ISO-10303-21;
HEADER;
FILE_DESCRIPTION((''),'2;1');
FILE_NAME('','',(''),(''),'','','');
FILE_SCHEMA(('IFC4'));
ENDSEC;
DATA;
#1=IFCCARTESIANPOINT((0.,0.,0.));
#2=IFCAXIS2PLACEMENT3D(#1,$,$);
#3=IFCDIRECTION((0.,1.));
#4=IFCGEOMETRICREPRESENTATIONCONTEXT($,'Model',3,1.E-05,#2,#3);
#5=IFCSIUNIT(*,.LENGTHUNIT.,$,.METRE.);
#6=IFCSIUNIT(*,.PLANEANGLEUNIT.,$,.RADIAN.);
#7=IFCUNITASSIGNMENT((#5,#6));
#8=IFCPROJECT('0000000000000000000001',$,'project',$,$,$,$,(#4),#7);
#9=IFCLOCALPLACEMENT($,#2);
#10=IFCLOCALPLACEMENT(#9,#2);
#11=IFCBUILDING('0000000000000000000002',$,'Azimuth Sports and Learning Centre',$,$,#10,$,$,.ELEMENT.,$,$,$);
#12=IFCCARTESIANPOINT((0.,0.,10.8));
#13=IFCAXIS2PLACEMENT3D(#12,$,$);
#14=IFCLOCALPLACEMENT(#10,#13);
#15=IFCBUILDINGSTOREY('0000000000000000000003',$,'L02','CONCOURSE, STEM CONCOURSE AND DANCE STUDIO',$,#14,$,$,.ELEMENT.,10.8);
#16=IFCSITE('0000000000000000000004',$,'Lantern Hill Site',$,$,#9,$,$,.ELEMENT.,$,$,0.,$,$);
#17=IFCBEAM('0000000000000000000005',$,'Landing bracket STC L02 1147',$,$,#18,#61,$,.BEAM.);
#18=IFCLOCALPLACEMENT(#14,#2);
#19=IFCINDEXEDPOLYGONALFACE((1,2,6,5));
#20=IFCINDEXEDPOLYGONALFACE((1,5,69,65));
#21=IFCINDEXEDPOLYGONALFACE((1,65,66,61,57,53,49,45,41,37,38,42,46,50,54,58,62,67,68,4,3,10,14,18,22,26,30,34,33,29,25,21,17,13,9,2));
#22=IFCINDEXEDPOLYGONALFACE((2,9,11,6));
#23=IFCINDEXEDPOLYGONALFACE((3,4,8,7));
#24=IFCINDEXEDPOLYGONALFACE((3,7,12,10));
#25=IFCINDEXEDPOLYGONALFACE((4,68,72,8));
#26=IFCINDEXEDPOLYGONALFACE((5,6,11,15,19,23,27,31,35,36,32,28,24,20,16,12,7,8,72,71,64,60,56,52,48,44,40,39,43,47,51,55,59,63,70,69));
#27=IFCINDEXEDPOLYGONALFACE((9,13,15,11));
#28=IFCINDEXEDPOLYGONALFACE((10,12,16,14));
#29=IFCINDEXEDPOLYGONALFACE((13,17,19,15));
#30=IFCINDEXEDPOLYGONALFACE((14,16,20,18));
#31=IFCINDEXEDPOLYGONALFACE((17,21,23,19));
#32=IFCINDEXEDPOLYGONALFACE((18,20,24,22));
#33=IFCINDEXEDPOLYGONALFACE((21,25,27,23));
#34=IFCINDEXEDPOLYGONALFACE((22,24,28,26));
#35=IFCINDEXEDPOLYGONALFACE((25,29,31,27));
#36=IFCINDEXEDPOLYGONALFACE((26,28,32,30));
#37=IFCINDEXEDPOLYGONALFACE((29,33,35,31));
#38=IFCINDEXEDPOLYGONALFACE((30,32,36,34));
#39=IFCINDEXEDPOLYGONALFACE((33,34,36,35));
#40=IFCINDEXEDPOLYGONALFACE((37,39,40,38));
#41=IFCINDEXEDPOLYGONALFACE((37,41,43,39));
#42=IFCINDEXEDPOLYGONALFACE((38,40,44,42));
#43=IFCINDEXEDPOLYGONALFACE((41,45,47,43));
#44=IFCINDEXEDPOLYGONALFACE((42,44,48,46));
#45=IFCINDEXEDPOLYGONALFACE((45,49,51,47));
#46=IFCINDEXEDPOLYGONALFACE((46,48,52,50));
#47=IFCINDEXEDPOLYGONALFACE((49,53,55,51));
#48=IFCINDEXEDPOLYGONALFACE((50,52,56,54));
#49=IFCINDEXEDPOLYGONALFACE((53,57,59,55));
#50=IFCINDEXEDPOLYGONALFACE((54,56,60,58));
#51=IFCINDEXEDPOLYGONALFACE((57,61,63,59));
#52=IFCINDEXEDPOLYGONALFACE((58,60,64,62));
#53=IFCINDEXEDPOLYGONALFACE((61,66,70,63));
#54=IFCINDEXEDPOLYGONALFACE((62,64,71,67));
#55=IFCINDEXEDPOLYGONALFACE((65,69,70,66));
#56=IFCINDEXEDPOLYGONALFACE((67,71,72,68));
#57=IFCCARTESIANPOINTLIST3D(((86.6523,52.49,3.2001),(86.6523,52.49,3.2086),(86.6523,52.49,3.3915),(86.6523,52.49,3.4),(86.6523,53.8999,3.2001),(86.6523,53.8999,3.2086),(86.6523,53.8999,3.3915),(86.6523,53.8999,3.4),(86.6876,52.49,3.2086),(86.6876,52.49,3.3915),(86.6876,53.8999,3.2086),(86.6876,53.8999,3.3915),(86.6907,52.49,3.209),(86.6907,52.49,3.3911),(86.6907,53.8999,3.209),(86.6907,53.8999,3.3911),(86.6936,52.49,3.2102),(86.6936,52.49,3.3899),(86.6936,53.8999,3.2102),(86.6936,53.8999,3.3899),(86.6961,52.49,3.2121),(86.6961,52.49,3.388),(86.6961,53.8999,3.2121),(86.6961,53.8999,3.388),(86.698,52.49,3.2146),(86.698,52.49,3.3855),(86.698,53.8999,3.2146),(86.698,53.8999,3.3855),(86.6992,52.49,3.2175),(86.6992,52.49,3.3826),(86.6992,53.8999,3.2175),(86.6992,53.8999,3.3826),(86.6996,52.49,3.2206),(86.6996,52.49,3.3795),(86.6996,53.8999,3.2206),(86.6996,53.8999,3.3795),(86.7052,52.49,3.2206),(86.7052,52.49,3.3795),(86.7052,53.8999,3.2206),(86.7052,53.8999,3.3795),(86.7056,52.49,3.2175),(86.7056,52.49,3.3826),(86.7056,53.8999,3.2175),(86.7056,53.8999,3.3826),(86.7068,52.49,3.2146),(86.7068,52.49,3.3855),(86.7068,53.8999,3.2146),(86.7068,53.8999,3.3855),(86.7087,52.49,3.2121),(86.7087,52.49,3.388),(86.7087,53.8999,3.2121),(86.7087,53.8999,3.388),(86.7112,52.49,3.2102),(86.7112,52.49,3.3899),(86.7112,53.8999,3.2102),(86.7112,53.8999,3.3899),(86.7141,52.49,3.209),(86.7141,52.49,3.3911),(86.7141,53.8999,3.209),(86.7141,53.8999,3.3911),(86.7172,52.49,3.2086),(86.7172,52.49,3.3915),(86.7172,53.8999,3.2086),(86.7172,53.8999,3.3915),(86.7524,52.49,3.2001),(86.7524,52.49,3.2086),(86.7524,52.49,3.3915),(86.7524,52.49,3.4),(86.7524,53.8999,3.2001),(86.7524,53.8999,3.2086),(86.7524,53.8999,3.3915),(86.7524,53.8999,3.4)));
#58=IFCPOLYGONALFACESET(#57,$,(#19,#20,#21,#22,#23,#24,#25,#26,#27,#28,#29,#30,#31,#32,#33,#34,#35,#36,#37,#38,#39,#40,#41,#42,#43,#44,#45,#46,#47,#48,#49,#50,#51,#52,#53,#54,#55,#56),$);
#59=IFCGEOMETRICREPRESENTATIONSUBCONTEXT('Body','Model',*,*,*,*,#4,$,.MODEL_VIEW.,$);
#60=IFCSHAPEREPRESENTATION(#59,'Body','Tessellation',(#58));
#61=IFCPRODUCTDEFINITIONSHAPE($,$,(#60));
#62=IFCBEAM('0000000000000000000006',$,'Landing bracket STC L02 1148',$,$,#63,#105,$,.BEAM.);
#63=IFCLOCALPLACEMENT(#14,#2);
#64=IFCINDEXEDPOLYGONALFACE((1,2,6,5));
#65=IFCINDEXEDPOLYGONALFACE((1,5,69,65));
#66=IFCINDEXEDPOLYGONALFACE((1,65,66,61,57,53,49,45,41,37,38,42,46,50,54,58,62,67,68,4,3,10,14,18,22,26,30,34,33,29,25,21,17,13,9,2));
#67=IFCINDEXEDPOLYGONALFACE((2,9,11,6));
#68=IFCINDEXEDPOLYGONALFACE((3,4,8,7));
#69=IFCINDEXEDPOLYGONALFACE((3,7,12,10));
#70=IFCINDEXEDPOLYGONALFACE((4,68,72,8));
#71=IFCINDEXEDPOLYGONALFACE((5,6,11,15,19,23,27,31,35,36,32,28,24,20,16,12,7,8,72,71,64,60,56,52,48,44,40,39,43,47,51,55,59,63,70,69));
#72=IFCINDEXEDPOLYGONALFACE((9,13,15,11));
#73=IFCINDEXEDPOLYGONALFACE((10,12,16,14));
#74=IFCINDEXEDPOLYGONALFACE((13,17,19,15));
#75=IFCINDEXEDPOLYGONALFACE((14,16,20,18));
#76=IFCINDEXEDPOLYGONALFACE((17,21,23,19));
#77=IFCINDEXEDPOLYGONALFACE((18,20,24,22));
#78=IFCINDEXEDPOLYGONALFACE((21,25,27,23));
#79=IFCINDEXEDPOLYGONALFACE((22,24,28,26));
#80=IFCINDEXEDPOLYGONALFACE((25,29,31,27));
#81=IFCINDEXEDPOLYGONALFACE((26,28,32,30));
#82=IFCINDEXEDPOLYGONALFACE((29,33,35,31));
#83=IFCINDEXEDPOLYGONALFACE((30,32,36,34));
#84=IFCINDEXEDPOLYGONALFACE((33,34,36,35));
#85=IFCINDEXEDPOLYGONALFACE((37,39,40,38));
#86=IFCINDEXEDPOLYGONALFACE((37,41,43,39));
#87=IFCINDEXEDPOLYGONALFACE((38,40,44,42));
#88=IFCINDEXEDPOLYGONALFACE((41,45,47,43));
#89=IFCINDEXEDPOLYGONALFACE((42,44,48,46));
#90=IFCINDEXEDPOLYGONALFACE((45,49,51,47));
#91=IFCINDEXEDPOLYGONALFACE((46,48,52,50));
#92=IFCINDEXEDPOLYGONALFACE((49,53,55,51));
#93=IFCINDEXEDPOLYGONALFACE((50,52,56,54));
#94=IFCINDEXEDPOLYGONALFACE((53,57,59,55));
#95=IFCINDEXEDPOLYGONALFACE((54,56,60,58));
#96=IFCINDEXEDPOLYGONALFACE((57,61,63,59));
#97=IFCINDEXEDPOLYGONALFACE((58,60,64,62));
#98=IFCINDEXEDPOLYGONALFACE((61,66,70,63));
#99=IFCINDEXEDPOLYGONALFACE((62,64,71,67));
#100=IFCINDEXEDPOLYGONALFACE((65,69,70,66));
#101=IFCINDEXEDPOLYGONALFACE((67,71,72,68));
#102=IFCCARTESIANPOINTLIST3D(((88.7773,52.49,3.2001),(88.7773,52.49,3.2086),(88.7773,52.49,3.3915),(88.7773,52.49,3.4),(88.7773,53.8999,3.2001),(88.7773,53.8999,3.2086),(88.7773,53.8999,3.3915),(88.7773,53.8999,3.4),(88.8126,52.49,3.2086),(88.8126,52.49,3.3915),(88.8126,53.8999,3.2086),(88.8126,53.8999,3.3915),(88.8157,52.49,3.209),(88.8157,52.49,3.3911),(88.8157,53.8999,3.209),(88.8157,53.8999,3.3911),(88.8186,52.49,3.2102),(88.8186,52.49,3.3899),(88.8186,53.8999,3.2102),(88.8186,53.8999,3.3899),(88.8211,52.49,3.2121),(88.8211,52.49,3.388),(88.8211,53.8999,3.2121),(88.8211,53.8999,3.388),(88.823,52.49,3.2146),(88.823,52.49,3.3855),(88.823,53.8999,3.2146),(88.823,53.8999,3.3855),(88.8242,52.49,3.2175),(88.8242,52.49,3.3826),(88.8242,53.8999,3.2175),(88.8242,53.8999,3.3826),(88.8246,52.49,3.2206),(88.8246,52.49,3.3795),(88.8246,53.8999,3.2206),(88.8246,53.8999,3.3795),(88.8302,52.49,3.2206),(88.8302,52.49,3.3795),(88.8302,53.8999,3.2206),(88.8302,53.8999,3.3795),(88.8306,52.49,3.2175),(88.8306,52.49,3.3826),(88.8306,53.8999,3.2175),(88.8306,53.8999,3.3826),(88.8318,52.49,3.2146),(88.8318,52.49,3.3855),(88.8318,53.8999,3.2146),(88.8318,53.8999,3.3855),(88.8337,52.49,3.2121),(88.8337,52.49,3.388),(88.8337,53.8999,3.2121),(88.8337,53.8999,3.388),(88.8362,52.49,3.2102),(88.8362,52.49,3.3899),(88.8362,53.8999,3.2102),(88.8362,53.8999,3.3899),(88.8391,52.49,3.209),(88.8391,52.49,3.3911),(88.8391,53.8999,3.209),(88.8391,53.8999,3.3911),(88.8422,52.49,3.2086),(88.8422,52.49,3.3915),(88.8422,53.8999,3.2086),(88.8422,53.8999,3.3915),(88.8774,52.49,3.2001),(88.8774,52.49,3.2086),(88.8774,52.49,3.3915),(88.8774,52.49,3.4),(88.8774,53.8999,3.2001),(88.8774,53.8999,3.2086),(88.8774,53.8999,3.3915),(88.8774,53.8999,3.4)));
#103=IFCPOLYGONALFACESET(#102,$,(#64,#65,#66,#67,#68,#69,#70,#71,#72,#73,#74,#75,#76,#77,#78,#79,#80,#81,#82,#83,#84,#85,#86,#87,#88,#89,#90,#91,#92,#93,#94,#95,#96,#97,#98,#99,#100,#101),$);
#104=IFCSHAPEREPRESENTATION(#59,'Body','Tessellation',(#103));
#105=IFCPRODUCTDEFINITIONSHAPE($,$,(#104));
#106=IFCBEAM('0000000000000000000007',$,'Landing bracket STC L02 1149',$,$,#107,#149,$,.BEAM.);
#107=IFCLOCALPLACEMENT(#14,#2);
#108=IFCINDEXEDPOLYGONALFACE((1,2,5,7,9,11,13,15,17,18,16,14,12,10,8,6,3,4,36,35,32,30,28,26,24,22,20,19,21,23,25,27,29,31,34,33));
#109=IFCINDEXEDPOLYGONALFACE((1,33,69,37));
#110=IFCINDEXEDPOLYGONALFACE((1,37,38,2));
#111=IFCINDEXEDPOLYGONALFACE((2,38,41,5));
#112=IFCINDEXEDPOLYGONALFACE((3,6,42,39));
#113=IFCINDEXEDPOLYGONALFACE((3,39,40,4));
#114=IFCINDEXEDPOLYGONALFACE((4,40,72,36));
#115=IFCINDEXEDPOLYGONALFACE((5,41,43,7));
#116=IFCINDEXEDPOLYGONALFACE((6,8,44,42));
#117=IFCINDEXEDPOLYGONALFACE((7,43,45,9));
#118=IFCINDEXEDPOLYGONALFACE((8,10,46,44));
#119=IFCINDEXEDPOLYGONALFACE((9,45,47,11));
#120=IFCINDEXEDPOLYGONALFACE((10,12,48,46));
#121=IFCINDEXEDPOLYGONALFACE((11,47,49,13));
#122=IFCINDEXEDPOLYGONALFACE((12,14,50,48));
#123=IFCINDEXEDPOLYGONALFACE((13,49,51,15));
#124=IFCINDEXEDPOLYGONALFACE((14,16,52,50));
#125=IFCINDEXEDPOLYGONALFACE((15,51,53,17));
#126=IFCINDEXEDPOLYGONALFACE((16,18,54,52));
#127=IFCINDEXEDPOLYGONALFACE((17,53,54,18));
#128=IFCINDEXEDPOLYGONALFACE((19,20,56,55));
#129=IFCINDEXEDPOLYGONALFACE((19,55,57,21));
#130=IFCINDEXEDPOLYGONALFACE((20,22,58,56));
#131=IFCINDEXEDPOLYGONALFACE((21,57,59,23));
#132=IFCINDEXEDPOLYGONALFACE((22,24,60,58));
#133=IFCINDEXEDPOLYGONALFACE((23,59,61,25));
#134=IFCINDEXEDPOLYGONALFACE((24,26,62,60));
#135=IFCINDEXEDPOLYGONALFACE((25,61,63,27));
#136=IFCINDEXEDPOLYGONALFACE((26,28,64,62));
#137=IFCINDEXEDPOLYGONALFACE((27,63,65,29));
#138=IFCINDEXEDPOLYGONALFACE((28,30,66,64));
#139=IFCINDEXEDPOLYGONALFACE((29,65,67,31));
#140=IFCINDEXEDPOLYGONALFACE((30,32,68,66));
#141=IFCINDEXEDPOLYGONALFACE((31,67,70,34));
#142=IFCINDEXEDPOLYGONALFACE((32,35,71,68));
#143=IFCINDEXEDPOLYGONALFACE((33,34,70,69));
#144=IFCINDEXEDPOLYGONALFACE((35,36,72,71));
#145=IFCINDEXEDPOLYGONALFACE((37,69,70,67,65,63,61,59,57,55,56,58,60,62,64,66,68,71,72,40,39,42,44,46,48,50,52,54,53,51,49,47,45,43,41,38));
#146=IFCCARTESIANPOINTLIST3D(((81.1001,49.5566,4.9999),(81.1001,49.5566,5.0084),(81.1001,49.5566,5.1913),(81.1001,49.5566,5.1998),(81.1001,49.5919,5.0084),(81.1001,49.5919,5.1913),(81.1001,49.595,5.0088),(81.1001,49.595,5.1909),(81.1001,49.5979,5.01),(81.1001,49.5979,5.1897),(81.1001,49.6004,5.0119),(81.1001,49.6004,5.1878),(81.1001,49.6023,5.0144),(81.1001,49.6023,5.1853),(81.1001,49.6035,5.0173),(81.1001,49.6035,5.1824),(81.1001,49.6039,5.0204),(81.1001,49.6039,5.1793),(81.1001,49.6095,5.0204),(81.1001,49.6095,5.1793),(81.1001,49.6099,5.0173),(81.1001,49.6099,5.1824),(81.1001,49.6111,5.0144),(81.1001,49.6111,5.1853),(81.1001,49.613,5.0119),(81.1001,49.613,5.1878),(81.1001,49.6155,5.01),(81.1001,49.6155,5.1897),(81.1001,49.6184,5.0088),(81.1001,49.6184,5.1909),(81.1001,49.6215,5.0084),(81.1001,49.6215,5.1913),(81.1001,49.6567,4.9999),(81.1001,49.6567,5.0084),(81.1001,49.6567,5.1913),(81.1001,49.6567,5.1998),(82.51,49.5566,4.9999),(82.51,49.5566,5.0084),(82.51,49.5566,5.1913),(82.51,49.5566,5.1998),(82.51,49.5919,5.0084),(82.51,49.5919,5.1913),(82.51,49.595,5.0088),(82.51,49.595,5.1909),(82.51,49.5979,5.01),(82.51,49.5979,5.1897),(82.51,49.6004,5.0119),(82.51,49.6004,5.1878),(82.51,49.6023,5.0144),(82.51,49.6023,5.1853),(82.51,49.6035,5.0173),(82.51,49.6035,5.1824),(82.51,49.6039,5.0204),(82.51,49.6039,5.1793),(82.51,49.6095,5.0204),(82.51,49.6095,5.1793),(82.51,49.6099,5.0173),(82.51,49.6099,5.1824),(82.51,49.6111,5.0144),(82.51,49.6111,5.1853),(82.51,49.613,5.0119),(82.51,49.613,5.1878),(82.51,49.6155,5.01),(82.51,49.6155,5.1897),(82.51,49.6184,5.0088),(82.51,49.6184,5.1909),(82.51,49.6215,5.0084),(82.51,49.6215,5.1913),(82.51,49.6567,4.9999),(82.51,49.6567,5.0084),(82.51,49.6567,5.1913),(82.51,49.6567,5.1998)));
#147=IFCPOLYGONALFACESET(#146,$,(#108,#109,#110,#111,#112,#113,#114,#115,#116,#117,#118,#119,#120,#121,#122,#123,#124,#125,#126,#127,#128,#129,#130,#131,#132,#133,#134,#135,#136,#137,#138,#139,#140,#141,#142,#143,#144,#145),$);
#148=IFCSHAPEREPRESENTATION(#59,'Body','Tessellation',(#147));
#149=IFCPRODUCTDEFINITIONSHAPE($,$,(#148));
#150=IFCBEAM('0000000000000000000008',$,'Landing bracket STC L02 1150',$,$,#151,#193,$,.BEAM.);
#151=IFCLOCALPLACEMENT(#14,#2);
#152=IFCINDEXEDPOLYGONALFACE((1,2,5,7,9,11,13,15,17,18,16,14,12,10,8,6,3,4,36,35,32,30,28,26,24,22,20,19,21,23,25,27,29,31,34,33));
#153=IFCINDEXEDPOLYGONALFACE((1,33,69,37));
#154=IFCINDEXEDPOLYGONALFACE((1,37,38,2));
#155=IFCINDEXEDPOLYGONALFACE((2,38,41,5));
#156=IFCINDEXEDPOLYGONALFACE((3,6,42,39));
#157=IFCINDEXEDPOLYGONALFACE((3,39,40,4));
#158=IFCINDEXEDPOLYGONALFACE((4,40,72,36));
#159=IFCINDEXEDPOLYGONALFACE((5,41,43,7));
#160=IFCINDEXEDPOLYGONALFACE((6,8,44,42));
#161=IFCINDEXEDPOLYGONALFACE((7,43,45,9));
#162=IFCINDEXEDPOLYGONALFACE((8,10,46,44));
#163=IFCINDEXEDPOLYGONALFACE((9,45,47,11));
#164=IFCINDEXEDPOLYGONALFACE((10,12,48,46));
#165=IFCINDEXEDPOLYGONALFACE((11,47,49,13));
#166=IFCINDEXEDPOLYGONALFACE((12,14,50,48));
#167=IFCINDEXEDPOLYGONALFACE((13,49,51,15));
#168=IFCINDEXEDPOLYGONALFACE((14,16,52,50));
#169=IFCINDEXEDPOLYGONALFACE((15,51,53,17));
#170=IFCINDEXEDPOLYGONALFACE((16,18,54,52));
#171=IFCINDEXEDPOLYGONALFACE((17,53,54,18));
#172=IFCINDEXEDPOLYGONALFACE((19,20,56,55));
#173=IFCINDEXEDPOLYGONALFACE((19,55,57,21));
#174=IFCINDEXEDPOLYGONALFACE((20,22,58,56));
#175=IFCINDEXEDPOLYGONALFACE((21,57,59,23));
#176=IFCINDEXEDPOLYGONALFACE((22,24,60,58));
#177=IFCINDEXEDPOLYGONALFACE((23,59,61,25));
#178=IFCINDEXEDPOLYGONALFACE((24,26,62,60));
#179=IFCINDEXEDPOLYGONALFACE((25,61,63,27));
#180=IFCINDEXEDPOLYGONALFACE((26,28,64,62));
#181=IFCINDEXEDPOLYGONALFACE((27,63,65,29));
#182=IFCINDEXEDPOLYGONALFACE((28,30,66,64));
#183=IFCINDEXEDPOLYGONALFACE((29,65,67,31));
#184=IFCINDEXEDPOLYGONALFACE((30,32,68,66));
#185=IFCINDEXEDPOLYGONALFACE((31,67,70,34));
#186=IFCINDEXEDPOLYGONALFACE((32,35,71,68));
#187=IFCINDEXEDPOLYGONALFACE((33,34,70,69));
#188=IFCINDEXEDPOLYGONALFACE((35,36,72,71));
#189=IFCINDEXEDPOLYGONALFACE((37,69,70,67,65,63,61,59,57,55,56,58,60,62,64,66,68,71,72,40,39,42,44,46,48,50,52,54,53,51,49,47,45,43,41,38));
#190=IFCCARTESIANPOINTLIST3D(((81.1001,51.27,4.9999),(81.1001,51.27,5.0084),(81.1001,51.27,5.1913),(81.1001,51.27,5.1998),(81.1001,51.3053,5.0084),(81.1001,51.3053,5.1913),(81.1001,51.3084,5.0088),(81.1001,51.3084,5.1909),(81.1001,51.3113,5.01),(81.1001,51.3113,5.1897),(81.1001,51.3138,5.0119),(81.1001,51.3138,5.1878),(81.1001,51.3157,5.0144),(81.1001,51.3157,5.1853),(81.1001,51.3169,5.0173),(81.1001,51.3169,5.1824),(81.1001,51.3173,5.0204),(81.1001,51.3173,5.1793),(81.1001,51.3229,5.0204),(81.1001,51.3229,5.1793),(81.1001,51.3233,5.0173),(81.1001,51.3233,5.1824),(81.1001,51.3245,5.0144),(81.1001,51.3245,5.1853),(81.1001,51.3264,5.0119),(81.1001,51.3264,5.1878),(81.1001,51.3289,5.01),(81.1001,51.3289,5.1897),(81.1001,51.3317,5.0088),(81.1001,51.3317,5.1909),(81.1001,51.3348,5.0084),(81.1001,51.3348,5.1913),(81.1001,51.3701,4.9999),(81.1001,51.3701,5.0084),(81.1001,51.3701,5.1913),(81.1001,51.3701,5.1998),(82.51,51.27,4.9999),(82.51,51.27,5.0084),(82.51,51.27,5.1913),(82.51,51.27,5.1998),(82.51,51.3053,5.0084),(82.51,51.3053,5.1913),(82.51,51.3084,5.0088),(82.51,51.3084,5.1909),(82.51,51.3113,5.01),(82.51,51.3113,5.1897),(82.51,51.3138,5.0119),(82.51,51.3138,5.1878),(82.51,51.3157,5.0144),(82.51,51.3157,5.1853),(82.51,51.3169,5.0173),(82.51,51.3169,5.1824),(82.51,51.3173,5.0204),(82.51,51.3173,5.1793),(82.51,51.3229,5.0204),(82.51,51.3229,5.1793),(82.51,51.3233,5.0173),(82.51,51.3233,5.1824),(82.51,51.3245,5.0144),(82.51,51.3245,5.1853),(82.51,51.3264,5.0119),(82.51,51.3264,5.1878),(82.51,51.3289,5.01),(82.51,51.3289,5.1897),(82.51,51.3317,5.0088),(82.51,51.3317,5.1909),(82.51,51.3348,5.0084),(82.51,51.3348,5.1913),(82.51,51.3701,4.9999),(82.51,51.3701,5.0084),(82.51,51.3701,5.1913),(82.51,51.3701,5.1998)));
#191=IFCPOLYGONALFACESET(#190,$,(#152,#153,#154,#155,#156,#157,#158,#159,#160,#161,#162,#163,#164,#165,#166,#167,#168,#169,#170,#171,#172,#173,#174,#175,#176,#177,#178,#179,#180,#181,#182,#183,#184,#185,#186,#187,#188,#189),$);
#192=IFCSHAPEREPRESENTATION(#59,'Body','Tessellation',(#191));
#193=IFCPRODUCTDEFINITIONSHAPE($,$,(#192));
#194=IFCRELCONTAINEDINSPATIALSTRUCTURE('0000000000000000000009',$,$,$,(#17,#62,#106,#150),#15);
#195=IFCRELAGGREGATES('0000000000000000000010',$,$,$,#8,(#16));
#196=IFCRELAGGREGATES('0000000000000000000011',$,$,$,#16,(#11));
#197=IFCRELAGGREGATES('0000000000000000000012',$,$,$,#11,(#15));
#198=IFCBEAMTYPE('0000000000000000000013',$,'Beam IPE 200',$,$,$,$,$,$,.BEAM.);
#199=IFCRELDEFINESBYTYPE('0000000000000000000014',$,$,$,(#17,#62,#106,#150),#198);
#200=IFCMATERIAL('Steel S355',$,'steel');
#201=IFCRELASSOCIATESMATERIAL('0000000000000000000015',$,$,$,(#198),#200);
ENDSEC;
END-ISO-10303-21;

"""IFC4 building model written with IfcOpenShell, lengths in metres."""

from ifc_helpers import new_model, si_unit, direction, frame, origin, origin_2d, place, context, subcontext, project, spatial, i_section, extrude, material, material_profile, profile_set, type_object, element, save


model = new_model("IFC4")

# Units and contexts
model_context = context("Model", 3, precision=1e-05, world=origin(), true_north=direction((0.0, 1.0)))
body_context = subcontext(model_context, "Body", "Model", "MODEL_VIEW")
ifc_project = project(units=[si_unit("LENGTHUNIT", "METRE"), si_unit("PLANEANGLEUNIT", "RADIAN")], contexts=[model_context])

# Site, building, storey
site_placement = place(None, origin())
site = spatial("IfcSite", under=ifc_project, at=site_placement, Name="Lantern Hill Site", CompositionType="ELEMENT", RefElevation=0.0)
building_placement = place(site_placement, origin())
building = spatial("IfcBuilding", under=site, at=building_placement, Name="Azimuth Sports and Learning Centre", CompositionType="ELEMENT")
storey_placement = place(building_placement, frame((0.0, 0.0, 10.8)))
storey = spatial("IfcBuildingStorey", under=building, at=storey_placement, Name="L02", Description="CONCOURSE, STEM CONCOURSE AND DANCE STUDIO", CompositionType="ELEMENT", Elevation=10.8)

# Beams
ifc_material_1 = material(Name="Steel S355", Category="steel")
ifc_material_profile_1 = material_profile(ifc_material_1, i_section(OverallWidth=0.1001, OverallDepth=0.2, WebThickness=0.0056, FlangeThickness=0.0085, FilletRadius=0.012, at=origin_2d()), Name="IPE 200")
ifc_profile_set_1 = profile_set([ifc_material_profile_1], Name="Steel S355")
beam_type_1 = type_object("IfcBeamType", Name="Beam IPE 200", PredefinedType="BEAM", material=ifc_profile_set_1)
for number, where, z_axis, x_axis, name in (
    (1, (86.7024, 53.8999, 3.3), (0.0, -1.0, 0.0), (1.0, 0.0, 0.0), "Landing bracket STC L02 1147"),
    (2, (88.8274, 53.8999, 3.3), (0.0, -1.0, 0.0), (1.0, 0.0, 0.0), "Landing bracket STC L02 1148"),
    (3, (81.1001, 49.6067, 5.0999), (1.0, 0.0, 0.0), (0.0, 1.0, 0.0), "Landing bracket STC L02 1149"),
    (4, (81.1001, 51.3201, 5.0999), (1.0, 0.0, 0.0), (0.0, 1.0, 0.0), "Landing bracket STC L02 1150"),
):
    element("IfcBeam", number, at=place(storey_placement, frame(where, z_axis=z_axis, x_axis=x_axis)), inside=storey, type_object=beam_type_1, Name=name, PredefinedType="BEAM", context=body_context, shape_type="SweptSolid", body=[
        extrude(i_section(OverallWidth=0.1001, OverallDepth=0.2, WebThickness=0.0056, FlangeThickness=0.0085, FilletRadius=0.012, at=origin_2d()), origin(), (0.0, 0.0, 1.0), 1.4099),
    ])

save(model, "model.ifc")
